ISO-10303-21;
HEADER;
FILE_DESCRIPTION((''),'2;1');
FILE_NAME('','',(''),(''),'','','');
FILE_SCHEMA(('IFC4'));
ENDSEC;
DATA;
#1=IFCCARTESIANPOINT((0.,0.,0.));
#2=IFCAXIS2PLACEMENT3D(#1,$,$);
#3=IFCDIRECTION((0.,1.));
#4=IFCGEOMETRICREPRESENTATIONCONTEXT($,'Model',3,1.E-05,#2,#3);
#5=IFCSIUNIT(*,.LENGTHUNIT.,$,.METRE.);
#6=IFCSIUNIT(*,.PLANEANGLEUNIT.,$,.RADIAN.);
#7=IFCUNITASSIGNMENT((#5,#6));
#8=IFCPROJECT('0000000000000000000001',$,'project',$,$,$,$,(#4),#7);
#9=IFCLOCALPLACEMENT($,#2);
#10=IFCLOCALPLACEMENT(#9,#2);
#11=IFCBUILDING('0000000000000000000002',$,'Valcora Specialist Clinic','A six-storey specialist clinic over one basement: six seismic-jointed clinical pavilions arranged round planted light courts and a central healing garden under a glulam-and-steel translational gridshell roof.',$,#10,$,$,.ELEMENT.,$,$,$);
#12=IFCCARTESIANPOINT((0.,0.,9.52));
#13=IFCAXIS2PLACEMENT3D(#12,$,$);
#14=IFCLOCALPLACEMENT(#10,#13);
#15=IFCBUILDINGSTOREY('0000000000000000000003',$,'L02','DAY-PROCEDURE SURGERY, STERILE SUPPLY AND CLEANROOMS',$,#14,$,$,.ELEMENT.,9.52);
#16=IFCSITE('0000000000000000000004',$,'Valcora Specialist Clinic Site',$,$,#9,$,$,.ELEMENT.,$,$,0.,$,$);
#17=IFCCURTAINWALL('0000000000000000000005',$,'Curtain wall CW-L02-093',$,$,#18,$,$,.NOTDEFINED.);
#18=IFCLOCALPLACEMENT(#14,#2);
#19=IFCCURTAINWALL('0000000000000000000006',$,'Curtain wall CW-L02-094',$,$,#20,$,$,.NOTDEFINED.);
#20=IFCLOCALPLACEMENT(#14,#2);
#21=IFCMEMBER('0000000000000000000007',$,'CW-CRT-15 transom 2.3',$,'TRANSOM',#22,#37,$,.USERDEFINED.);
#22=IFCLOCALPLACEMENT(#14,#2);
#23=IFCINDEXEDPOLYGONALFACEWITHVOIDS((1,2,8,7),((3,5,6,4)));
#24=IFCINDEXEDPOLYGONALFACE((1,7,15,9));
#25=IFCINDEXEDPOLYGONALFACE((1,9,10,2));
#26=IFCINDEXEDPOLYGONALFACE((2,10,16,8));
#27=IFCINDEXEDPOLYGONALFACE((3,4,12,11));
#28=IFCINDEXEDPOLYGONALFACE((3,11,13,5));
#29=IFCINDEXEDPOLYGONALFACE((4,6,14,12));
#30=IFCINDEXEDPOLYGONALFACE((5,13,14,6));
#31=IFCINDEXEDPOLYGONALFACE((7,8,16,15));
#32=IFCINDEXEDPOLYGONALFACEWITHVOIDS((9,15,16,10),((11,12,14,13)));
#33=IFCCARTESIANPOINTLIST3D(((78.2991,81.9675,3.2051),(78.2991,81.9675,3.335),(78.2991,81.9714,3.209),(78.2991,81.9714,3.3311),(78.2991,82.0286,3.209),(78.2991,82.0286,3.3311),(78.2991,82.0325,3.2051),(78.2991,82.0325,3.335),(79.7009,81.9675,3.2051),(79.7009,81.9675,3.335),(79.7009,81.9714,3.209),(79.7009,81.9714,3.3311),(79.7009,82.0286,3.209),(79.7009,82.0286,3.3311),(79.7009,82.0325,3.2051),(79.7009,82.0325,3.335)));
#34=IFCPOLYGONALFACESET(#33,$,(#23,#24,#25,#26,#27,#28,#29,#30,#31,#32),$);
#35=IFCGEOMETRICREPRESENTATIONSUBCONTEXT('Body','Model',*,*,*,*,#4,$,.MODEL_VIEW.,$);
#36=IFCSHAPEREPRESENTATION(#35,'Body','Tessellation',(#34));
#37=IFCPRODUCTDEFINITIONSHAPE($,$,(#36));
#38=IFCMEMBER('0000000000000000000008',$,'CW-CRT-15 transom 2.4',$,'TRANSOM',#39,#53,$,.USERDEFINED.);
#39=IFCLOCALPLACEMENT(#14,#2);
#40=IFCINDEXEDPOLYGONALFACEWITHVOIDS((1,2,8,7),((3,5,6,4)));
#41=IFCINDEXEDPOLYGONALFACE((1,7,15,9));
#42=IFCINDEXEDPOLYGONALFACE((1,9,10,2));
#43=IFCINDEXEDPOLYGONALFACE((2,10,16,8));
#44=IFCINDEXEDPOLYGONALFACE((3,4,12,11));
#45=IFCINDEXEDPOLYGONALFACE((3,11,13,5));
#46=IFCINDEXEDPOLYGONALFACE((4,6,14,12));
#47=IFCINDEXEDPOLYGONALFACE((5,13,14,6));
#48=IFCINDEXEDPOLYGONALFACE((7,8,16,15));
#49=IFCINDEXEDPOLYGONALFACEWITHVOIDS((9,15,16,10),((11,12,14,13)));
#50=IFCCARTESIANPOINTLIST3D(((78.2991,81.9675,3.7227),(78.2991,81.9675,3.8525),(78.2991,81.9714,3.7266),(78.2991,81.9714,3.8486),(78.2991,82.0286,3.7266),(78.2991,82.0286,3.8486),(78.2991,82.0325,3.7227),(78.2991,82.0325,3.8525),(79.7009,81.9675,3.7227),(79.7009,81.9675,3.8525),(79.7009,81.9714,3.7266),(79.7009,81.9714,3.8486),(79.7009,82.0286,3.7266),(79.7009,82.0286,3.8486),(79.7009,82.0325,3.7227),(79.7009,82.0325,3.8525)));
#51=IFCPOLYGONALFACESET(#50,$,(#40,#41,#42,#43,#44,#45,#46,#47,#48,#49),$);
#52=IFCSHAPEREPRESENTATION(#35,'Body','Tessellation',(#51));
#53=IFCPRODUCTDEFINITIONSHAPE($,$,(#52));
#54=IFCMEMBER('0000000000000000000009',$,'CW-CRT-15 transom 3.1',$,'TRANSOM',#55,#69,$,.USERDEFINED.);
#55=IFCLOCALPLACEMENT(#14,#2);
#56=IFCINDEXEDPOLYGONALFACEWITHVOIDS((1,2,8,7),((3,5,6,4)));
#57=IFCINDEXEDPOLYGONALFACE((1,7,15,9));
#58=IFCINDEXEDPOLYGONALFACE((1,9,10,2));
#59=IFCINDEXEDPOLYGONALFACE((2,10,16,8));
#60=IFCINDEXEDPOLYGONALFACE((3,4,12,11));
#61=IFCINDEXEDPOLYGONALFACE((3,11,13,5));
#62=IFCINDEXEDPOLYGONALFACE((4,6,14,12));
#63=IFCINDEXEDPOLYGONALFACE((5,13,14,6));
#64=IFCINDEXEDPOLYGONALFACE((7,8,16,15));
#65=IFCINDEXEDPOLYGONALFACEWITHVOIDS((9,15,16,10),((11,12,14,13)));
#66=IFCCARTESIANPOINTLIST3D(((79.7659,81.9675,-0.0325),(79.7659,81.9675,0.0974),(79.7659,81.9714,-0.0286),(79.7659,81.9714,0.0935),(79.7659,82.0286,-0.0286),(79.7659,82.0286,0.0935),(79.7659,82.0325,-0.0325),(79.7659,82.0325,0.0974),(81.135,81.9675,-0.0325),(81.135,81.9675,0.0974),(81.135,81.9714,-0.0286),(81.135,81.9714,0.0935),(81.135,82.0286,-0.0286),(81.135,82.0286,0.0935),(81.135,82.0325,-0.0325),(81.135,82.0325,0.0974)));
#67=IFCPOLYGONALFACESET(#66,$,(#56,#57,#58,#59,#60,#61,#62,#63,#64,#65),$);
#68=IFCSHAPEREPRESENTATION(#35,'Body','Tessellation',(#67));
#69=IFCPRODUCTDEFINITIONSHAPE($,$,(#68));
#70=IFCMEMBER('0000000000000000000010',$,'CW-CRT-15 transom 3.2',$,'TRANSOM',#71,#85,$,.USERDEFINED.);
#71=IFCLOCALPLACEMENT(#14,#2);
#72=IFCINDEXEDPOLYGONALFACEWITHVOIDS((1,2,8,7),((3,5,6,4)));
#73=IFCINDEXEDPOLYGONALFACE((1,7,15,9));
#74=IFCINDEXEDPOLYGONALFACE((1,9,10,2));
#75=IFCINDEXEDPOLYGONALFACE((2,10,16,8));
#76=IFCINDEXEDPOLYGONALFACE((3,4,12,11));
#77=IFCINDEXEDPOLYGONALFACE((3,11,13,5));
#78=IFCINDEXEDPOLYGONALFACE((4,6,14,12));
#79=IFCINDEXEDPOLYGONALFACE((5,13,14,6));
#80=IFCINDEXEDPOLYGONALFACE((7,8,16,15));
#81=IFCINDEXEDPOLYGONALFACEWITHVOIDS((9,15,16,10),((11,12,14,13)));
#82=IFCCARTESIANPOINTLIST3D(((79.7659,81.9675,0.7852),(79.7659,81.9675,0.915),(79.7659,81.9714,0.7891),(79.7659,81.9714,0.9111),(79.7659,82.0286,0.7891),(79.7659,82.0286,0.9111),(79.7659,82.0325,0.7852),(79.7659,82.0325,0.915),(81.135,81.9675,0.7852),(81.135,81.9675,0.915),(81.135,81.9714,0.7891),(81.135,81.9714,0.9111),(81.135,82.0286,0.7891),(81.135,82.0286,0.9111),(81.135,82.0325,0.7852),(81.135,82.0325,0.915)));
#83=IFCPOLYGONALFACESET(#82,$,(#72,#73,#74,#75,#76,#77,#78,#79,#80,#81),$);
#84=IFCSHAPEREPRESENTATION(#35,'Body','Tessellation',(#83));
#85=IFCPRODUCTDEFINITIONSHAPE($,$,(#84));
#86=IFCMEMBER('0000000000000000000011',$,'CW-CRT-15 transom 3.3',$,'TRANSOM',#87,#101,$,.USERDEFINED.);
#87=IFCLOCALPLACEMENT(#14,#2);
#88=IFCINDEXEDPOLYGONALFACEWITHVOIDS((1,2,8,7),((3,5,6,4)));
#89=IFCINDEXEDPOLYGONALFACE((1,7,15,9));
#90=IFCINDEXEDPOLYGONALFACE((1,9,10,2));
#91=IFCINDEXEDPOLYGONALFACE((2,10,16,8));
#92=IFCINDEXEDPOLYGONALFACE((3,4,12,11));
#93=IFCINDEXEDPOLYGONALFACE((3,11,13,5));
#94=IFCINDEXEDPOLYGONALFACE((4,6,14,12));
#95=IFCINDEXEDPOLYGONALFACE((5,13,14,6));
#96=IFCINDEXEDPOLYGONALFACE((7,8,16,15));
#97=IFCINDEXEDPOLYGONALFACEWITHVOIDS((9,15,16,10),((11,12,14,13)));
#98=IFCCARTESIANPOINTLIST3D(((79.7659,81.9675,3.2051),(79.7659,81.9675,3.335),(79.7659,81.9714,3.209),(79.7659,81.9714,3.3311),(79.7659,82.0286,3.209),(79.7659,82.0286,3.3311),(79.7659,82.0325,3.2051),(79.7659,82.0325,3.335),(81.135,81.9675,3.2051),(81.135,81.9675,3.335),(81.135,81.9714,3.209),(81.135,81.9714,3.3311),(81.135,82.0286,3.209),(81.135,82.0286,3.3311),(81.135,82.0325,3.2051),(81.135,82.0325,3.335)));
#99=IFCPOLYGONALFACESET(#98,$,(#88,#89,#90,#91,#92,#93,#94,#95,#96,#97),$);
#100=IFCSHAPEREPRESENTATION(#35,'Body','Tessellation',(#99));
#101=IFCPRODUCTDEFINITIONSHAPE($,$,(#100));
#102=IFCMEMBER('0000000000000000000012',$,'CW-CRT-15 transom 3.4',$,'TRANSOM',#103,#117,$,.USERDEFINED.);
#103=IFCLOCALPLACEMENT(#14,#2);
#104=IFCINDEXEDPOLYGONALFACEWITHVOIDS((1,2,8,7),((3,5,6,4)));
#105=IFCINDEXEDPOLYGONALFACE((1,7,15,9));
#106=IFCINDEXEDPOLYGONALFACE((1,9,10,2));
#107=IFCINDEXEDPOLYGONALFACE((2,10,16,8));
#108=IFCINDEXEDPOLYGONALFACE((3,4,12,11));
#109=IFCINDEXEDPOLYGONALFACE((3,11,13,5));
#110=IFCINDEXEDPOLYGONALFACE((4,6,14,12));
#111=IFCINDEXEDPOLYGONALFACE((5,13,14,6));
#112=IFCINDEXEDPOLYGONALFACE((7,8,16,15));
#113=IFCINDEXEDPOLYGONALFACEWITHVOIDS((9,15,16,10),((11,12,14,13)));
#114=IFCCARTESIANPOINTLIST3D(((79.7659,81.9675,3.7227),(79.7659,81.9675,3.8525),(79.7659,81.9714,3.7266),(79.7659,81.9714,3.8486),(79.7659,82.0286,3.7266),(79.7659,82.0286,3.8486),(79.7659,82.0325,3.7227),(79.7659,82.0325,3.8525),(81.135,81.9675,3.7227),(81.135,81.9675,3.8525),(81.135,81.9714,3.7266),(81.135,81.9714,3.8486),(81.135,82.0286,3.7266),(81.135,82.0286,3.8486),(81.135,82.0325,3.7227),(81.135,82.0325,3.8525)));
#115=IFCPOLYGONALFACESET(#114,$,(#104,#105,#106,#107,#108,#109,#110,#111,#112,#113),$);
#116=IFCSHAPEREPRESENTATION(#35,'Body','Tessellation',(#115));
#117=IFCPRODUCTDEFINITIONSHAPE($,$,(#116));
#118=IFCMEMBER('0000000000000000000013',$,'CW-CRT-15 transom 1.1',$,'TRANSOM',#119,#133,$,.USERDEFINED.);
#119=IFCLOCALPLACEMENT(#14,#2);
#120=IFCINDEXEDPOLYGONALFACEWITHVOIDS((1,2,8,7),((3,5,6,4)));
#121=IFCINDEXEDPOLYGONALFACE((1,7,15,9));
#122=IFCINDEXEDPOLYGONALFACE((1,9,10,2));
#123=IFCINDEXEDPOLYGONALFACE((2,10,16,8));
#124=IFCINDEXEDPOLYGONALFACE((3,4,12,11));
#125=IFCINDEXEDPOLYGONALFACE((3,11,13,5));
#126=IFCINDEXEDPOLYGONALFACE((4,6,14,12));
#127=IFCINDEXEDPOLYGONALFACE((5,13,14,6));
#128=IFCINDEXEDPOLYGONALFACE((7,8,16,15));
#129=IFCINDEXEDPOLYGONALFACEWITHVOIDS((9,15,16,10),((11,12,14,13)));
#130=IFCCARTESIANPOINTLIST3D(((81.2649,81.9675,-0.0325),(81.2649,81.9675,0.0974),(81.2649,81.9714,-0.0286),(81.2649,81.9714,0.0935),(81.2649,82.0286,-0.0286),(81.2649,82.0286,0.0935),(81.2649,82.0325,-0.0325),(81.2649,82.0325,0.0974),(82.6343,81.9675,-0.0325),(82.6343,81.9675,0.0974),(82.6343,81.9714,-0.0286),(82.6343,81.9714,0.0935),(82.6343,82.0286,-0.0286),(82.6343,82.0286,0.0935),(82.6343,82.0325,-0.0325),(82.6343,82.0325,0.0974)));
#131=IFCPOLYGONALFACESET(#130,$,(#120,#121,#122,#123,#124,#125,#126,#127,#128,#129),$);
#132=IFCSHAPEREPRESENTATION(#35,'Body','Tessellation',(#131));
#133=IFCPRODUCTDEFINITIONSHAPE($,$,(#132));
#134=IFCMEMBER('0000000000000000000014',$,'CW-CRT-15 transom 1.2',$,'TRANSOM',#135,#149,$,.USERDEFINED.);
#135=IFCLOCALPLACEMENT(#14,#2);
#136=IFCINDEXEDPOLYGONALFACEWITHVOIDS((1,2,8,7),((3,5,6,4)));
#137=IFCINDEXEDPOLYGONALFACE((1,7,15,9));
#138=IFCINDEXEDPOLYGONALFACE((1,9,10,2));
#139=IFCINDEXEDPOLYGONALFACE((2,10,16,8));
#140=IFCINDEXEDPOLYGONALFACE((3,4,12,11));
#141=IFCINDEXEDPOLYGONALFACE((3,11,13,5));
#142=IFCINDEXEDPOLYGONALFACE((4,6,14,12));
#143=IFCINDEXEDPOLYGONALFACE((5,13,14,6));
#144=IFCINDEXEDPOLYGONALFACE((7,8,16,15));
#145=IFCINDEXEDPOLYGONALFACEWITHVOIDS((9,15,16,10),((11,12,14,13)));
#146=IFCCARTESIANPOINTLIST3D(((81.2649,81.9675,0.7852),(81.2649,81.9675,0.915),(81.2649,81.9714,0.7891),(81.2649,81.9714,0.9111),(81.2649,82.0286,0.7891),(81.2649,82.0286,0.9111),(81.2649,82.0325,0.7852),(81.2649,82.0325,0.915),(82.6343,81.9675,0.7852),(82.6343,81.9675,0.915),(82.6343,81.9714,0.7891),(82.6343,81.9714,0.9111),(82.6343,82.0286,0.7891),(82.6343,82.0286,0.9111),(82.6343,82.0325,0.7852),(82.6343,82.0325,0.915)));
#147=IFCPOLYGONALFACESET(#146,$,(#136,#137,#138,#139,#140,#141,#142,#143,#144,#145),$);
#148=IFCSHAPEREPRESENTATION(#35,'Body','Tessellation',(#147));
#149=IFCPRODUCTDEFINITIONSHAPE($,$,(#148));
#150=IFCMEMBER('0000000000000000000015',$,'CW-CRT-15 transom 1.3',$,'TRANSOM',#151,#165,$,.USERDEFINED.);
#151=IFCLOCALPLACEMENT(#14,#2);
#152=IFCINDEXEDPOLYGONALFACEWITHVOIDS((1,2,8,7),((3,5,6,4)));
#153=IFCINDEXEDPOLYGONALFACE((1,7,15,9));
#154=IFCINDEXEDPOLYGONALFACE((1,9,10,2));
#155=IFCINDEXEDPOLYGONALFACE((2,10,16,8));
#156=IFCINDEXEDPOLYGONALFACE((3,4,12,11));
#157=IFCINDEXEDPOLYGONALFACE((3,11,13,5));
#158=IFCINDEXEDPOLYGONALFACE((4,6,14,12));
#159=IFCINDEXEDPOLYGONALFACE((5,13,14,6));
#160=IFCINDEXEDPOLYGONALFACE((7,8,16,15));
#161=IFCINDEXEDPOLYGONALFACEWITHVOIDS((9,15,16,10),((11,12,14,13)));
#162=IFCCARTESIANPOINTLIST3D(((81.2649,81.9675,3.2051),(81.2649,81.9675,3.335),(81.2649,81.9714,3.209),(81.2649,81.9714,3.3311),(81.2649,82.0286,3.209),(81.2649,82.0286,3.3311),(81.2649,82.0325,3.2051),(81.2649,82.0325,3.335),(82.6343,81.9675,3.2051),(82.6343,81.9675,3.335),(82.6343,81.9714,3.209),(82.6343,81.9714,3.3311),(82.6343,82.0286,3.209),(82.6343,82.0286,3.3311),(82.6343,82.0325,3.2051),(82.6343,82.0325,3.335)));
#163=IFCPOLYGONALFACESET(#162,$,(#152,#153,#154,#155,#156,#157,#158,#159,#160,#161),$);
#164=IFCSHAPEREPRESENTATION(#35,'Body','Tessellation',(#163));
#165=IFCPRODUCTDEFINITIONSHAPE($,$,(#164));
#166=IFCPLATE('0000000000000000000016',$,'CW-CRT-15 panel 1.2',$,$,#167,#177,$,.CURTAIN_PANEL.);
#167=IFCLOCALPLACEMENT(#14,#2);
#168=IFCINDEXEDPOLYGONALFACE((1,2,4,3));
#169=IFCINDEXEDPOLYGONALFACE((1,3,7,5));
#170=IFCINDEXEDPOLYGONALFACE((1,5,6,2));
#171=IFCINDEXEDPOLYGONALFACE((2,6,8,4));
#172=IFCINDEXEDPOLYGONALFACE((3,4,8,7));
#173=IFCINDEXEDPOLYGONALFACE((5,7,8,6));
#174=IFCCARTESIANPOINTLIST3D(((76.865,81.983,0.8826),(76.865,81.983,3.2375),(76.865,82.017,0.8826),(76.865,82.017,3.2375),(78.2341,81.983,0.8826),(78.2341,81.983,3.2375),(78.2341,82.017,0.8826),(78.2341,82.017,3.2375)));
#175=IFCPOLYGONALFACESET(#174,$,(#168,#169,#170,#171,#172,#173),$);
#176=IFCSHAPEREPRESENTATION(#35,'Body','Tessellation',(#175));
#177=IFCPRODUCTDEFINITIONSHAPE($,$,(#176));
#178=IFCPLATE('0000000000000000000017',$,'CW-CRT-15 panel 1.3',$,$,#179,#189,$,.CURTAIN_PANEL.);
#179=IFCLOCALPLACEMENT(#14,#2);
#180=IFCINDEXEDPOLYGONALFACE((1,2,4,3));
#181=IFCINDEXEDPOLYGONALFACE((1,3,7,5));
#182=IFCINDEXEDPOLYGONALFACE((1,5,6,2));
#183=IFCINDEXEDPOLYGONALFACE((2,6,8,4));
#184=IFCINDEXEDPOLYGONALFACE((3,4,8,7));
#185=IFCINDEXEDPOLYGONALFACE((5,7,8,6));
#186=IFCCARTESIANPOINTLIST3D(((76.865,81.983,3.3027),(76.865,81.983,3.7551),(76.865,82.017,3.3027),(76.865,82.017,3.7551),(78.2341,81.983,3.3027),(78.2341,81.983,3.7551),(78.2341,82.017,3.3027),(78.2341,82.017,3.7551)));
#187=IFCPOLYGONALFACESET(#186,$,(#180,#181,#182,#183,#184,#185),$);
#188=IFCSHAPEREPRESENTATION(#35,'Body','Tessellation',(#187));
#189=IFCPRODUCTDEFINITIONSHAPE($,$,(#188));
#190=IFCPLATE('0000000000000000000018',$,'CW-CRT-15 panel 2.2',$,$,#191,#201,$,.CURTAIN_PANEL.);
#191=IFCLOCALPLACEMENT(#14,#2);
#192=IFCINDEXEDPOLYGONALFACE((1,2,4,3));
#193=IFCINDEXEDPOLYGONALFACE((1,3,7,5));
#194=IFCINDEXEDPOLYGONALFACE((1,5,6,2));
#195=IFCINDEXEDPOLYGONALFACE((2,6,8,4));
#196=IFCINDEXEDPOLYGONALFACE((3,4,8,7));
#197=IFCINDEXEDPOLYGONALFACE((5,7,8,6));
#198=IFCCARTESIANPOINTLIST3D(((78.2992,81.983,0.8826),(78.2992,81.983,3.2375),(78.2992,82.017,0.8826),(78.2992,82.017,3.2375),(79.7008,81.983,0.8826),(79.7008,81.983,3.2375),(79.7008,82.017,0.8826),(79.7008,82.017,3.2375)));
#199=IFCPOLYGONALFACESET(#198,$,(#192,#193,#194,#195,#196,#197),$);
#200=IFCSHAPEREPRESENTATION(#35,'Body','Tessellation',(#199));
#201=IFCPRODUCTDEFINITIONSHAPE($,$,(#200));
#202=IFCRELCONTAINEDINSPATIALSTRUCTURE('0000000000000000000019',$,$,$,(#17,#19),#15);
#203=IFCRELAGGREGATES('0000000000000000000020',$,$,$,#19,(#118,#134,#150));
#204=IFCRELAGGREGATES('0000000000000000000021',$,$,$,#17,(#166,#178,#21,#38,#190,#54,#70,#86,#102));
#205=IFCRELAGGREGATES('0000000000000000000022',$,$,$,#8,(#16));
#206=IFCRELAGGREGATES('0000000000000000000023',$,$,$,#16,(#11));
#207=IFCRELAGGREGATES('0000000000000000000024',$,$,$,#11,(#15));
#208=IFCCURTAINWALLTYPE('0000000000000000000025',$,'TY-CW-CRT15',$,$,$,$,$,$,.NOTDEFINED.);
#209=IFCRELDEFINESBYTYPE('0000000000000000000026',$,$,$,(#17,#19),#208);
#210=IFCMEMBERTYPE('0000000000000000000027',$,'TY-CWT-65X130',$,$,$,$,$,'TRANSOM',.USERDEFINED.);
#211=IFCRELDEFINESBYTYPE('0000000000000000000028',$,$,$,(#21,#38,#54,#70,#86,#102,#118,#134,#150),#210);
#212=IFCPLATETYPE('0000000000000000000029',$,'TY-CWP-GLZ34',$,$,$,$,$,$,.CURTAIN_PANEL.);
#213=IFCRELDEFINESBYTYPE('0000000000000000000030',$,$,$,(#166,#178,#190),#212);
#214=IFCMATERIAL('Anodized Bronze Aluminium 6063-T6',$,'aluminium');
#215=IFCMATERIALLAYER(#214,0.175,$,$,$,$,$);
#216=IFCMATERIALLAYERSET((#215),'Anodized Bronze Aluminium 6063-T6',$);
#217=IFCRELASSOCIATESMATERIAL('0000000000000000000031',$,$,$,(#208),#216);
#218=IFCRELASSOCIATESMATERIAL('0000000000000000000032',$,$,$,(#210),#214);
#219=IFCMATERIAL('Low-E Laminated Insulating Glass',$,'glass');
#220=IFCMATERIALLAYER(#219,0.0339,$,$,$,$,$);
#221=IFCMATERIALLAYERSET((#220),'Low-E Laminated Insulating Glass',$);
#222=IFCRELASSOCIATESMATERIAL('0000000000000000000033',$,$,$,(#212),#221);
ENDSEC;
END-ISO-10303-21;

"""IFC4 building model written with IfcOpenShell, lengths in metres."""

from ifc_helpers import new_model, si_unit, direction, frame, origin, origin_2d, place, context, subcontext, project, spatial, rectangle, hollow_rectangle, extrude, material, layer, layer_set, material_profile, profile_set, type_object, element, aggregate, save


model = new_model("IFC4")

# Units and contexts
model_context = context("Model", 3, precision=1e-05, world=origin(), true_north=direction((0.0, 1.0)))
body_context = subcontext(model_context, "Body", "Model", "MODEL_VIEW")
ifc_project = project(units=[si_unit("LENGTHUNIT", "METRE"), si_unit("PLANEANGLEUNIT", "RADIAN")], contexts=[model_context])

# Site, building, storey
site_placement = place(None, origin())
site = spatial("IfcSite", under=ifc_project, at=site_placement, Name="Valcora Specialist Clinic Site", CompositionType="ELEMENT", RefElevation=0.0)
building_placement = place(site_placement, origin())
building = spatial("IfcBuilding", under=site, at=building_placement, Name="Valcora Specialist Clinic", Description="A six-storey specialist clinic over one basement: six seismic-jointed clinical pavilions arranged round planted light courts and a central healing garden under a glulam-and-steel translational gridshell roof.", CompositionType="ELEMENT")
storey_placement = place(building_placement, frame((0.0, 0.0, 9.52)))
storey = spatial("IfcBuildingStorey", under=building, at=storey_placement, Name="L02", Description="DAY-PROCEDURE SURGERY, STERILE SUPPLY AND CLEANROOMS", CompositionType="ELEMENT", Elevation=9.52)

# Curtain wall
ifc_material_1 = material(Name="Anodized Bronze Aluminium 6063-T6", Category="aluminium")
ifc_layer_1 = layer(ifc_material_1, 0.175)
ifc_layer_set_1 = layer_set([ifc_layer_1], Name="Anodized Bronze Aluminium 6063-T6")
curtain_wall_type = type_object("IfcCurtainWallType", Name="TY-CW-CRT15", PredefinedType="NOTDEFINED", material=ifc_layer_set_1)
curtain_wall_1_placement = place(storey_placement, origin())
curtain_wall_1 = element("IfcCurtainWall", 1, at=curtain_wall_1_placement, inside=storey, type_object=curtain_wall_type, Name="Curtain wall CW-L02-093", PredefinedType="NOTDEFINED")

# Curtain wall
curtain_wall_2_placement = place(storey_placement, origin())
curtain_wall_2 = element("IfcCurtainWall", 2, at=curtain_wall_2_placement, inside=storey, type_object=curtain_wall_type, Name="Curtain wall CW-L02-094", PredefinedType="NOTDEFINED")

# Members
ifc_material_profile_1 = material_profile(ifc_material_1, hollow_rectangle(XDim=0.0649, YDim=0.1299, WallThickness=0.0039, at=origin_2d()), Name="AL-TRN-65X130")
ifc_profile_set_1 = profile_set([ifc_material_profile_1], Name="Anodized Bronze Aluminium 6063-T6")
member_type_1 = type_object("IfcMemberType", Name="TY-CWT-65X130", ElementType="TRANSOM", PredefinedType="USERDEFINED", material=ifc_profile_set_1)
member_1_placement = place(storey_placement, frame((78.2991, 82.0, 3.27), z_axis=(1.0, 0.0, 0.0), x_axis=(0.0, 1.0, 0.0)))
member_1 = element("IfcMember", 3, at=member_1_placement, type_object=member_type_1, Name="CW-CRT-15 transom 2.3", ObjectType="TRANSOM", PredefinedType="USERDEFINED", context=body_context, shape_type="SweptSolid", body=[
    extrude(hollow_rectangle(XDim=0.0649, YDim=0.1299, WallThickness=0.0039, at=origin_2d()), origin(), (0.0, 0.0, 1.0), 1.4019),
])
member_2_placement = place(storey_placement, frame((78.2991, 82.0, 3.7876), z_axis=(1.0, 0.0, 0.0), x_axis=(0.0, 1.0, 0.0)))
member_2 = element("IfcMember", 4, at=member_2_placement, type_object=member_type_1, Name="CW-CRT-15 transom 2.4", ObjectType="TRANSOM", PredefinedType="USERDEFINED", context=body_context, shape_type="SweptSolid", body=[
    extrude(hollow_rectangle(XDim=0.0649, YDim=0.1299, WallThickness=0.0039, at=origin_2d()), origin(), (0.0, 0.0, 1.0), 1.4019),
])
member_3_placement = place(storey_placement, frame((79.7659, 82.0, 0.0325), z_axis=(1.0, 0.0, 0.0), x_axis=(0.0, 1.0, 0.0)))
member_3 = element("IfcMember", 5, at=member_3_placement, type_object=member_type_1, Name="CW-CRT-15 transom 3.1", ObjectType="TRANSOM", PredefinedType="USERDEFINED", context=body_context, shape_type="SweptSolid", body=[
    extrude(hollow_rectangle(XDim=0.0649, YDim=0.1299, WallThickness=0.0039, at=origin_2d()), origin(), (0.0, 0.0, 1.0), 1.3691),
])
member_4_placement = place(storey_placement, frame((79.7659, 82.0, 0.8501), z_axis=(1.0, 0.0, 0.0), x_axis=(0.0, 1.0, 0.0)))
member_4 = element("IfcMember", 6, at=member_4_placement, type_object=member_type_1, Name="CW-CRT-15 transom 3.2", ObjectType="TRANSOM", PredefinedType="USERDEFINED", context=body_context, shape_type="SweptSolid", body=[
    extrude(hollow_rectangle(XDim=0.0649, YDim=0.1299, WallThickness=0.0039, at=origin_2d()), origin(), (0.0, 0.0, 1.0), 1.3691),
])
member_5_placement = place(storey_placement, frame((79.7659, 82.0, 3.27), z_axis=(1.0, 0.0, 0.0), x_axis=(0.0, 1.0, 0.0)))
member_5 = element("IfcMember", 7, at=member_5_placement, type_object=member_type_1, Name="CW-CRT-15 transom 3.3", ObjectType="TRANSOM", PredefinedType="USERDEFINED", context=body_context, shape_type="SweptSolid", body=[
    extrude(hollow_rectangle(XDim=0.0649, YDim=0.1299, WallThickness=0.0039, at=origin_2d()), origin(), (0.0, 0.0, 1.0), 1.3691),
])
member_6_placement = place(storey_placement, frame((79.7659, 82.0, 3.7876), z_axis=(1.0, 0.0, 0.0), x_axis=(0.0, 1.0, 0.0)))
member_6 = element("IfcMember", 8, at=member_6_placement, type_object=member_type_1, Name="CW-CRT-15 transom 3.4", ObjectType="TRANSOM", PredefinedType="USERDEFINED", context=body_context, shape_type="SweptSolid", body=[
    extrude(hollow_rectangle(XDim=0.0649, YDim=0.1299, WallThickness=0.0039, at=origin_2d()), origin(), (0.0, 0.0, 1.0), 1.3691),
])
member_7_placement = place(storey_placement, frame((81.2649, 82.0, 0.0325), z_axis=(1.0, 0.0, 0.0), x_axis=(0.0, 1.0, 0.0)))
member_7 = element("IfcMember", 9, at=member_7_placement, type_object=member_type_1, Name="CW-CRT-15 transom 1.1", ObjectType="TRANSOM", PredefinedType="USERDEFINED", context=body_context, shape_type="SweptSolid", body=[
    extrude(hollow_rectangle(XDim=0.0649, YDim=0.1299, WallThickness=0.0039, at=origin_2d()), origin(), (0.0, 0.0, 1.0), 1.3694),
])
member_8_placement = place(storey_placement, frame((81.2649, 82.0, 0.8501), z_axis=(1.0, 0.0, 0.0), x_axis=(0.0, 1.0, 0.0)))
member_8 = element("IfcMember", 10, at=member_8_placement, type_object=member_type_1, Name="CW-CRT-15 transom 1.2", ObjectType="TRANSOM", PredefinedType="USERDEFINED", context=body_context, shape_type="SweptSolid", body=[
    extrude(hollow_rectangle(XDim=0.0649, YDim=0.1299, WallThickness=0.0039, at=origin_2d()), origin(), (0.0, 0.0, 1.0), 1.3694),
])
member_9_placement = place(storey_placement, frame((81.2649, 82.0, 3.27), z_axis=(1.0, 0.0, 0.0), x_axis=(0.0, 1.0, 0.0)))
member_9 = element("IfcMember", 11, at=member_9_placement, type_object=member_type_1, Name="CW-CRT-15 transom 1.3", ObjectType="TRANSOM", PredefinedType="USERDEFINED", context=body_context, shape_type="SweptSolid", body=[
    extrude(hollow_rectangle(XDim=0.0649, YDim=0.1299, WallThickness=0.0039, at=origin_2d()), origin(), (0.0, 0.0, 1.0), 1.3694),
])
aggregate(curtain_wall_2, [member_7, member_8, member_9])

# Plates
ifc_material_2 = material(Name="Low-E Laminated Insulating Glass", Category="glass")
ifc_layer_2 = layer(ifc_material_2, 0.0339)
ifc_layer_set_2 = layer_set([ifc_layer_2], Name="Low-E Laminated Insulating Glass")
plate_type_1 = type_object("IfcPlateType", Name="TY-CWP-GLZ34", PredefinedType="CURTAIN_PANEL", material=ifc_layer_set_2)
plate_1_placement = place(storey_placement, frame((77.5496, 82.0, 0.8826), z_axis=(0.0, 0.0, 1.0), x_axis=(1.0, 0.0, 0.0)))
plate_1 = element("IfcPlate", 12, at=plate_1_placement, type_object=plate_type_1, Name="CW-CRT-15 panel 1.2", PredefinedType="CURTAIN_PANEL", context=body_context, shape_type="SweptSolid", body=[
    extrude(rectangle(XDim=1.3691, YDim=0.0339, at=origin_2d()), origin(), (0.0, 0.0, 1.0), 2.355),
])
plate_2_placement = place(storey_placement, frame((77.5496, 82.0, 3.3027), z_axis=(0.0, 0.0, 1.0), x_axis=(1.0, 0.0, 0.0)))
plate_2 = element("IfcPlate", 13, at=plate_2_placement, type_object=plate_type_1, Name="CW-CRT-15 panel 1.3", PredefinedType="CURTAIN_PANEL", context=body_context, shape_type="SweptSolid", body=[
    extrude(rectangle(XDim=1.3691, YDim=0.0339, at=origin_2d()), origin(), (0.0, 0.0, 1.0), 0.4524),
])
plate_3_placement = place(storey_placement, frame((79.0, 82.0, 0.8826), z_axis=(0.0, 0.0, 1.0), x_axis=(1.0, 0.0, 0.0)))
plate_3 = element("IfcPlate", 14, at=plate_3_placement, type_object=plate_type_1, Name="CW-CRT-15 panel 2.2", PredefinedType="CURTAIN_PANEL", context=body_context, shape_type="SweptSolid", body=[
    extrude(rectangle(XDim=1.4016, YDim=0.0339, at=origin_2d()), origin(), (0.0, 0.0, 1.0), 2.355),
])
aggregate(curtain_wall_1, [plate_1, plate_2, member_1, member_2, plate_3, member_3, member_4, member_5, member_6])

save(model, "model.ifc")
